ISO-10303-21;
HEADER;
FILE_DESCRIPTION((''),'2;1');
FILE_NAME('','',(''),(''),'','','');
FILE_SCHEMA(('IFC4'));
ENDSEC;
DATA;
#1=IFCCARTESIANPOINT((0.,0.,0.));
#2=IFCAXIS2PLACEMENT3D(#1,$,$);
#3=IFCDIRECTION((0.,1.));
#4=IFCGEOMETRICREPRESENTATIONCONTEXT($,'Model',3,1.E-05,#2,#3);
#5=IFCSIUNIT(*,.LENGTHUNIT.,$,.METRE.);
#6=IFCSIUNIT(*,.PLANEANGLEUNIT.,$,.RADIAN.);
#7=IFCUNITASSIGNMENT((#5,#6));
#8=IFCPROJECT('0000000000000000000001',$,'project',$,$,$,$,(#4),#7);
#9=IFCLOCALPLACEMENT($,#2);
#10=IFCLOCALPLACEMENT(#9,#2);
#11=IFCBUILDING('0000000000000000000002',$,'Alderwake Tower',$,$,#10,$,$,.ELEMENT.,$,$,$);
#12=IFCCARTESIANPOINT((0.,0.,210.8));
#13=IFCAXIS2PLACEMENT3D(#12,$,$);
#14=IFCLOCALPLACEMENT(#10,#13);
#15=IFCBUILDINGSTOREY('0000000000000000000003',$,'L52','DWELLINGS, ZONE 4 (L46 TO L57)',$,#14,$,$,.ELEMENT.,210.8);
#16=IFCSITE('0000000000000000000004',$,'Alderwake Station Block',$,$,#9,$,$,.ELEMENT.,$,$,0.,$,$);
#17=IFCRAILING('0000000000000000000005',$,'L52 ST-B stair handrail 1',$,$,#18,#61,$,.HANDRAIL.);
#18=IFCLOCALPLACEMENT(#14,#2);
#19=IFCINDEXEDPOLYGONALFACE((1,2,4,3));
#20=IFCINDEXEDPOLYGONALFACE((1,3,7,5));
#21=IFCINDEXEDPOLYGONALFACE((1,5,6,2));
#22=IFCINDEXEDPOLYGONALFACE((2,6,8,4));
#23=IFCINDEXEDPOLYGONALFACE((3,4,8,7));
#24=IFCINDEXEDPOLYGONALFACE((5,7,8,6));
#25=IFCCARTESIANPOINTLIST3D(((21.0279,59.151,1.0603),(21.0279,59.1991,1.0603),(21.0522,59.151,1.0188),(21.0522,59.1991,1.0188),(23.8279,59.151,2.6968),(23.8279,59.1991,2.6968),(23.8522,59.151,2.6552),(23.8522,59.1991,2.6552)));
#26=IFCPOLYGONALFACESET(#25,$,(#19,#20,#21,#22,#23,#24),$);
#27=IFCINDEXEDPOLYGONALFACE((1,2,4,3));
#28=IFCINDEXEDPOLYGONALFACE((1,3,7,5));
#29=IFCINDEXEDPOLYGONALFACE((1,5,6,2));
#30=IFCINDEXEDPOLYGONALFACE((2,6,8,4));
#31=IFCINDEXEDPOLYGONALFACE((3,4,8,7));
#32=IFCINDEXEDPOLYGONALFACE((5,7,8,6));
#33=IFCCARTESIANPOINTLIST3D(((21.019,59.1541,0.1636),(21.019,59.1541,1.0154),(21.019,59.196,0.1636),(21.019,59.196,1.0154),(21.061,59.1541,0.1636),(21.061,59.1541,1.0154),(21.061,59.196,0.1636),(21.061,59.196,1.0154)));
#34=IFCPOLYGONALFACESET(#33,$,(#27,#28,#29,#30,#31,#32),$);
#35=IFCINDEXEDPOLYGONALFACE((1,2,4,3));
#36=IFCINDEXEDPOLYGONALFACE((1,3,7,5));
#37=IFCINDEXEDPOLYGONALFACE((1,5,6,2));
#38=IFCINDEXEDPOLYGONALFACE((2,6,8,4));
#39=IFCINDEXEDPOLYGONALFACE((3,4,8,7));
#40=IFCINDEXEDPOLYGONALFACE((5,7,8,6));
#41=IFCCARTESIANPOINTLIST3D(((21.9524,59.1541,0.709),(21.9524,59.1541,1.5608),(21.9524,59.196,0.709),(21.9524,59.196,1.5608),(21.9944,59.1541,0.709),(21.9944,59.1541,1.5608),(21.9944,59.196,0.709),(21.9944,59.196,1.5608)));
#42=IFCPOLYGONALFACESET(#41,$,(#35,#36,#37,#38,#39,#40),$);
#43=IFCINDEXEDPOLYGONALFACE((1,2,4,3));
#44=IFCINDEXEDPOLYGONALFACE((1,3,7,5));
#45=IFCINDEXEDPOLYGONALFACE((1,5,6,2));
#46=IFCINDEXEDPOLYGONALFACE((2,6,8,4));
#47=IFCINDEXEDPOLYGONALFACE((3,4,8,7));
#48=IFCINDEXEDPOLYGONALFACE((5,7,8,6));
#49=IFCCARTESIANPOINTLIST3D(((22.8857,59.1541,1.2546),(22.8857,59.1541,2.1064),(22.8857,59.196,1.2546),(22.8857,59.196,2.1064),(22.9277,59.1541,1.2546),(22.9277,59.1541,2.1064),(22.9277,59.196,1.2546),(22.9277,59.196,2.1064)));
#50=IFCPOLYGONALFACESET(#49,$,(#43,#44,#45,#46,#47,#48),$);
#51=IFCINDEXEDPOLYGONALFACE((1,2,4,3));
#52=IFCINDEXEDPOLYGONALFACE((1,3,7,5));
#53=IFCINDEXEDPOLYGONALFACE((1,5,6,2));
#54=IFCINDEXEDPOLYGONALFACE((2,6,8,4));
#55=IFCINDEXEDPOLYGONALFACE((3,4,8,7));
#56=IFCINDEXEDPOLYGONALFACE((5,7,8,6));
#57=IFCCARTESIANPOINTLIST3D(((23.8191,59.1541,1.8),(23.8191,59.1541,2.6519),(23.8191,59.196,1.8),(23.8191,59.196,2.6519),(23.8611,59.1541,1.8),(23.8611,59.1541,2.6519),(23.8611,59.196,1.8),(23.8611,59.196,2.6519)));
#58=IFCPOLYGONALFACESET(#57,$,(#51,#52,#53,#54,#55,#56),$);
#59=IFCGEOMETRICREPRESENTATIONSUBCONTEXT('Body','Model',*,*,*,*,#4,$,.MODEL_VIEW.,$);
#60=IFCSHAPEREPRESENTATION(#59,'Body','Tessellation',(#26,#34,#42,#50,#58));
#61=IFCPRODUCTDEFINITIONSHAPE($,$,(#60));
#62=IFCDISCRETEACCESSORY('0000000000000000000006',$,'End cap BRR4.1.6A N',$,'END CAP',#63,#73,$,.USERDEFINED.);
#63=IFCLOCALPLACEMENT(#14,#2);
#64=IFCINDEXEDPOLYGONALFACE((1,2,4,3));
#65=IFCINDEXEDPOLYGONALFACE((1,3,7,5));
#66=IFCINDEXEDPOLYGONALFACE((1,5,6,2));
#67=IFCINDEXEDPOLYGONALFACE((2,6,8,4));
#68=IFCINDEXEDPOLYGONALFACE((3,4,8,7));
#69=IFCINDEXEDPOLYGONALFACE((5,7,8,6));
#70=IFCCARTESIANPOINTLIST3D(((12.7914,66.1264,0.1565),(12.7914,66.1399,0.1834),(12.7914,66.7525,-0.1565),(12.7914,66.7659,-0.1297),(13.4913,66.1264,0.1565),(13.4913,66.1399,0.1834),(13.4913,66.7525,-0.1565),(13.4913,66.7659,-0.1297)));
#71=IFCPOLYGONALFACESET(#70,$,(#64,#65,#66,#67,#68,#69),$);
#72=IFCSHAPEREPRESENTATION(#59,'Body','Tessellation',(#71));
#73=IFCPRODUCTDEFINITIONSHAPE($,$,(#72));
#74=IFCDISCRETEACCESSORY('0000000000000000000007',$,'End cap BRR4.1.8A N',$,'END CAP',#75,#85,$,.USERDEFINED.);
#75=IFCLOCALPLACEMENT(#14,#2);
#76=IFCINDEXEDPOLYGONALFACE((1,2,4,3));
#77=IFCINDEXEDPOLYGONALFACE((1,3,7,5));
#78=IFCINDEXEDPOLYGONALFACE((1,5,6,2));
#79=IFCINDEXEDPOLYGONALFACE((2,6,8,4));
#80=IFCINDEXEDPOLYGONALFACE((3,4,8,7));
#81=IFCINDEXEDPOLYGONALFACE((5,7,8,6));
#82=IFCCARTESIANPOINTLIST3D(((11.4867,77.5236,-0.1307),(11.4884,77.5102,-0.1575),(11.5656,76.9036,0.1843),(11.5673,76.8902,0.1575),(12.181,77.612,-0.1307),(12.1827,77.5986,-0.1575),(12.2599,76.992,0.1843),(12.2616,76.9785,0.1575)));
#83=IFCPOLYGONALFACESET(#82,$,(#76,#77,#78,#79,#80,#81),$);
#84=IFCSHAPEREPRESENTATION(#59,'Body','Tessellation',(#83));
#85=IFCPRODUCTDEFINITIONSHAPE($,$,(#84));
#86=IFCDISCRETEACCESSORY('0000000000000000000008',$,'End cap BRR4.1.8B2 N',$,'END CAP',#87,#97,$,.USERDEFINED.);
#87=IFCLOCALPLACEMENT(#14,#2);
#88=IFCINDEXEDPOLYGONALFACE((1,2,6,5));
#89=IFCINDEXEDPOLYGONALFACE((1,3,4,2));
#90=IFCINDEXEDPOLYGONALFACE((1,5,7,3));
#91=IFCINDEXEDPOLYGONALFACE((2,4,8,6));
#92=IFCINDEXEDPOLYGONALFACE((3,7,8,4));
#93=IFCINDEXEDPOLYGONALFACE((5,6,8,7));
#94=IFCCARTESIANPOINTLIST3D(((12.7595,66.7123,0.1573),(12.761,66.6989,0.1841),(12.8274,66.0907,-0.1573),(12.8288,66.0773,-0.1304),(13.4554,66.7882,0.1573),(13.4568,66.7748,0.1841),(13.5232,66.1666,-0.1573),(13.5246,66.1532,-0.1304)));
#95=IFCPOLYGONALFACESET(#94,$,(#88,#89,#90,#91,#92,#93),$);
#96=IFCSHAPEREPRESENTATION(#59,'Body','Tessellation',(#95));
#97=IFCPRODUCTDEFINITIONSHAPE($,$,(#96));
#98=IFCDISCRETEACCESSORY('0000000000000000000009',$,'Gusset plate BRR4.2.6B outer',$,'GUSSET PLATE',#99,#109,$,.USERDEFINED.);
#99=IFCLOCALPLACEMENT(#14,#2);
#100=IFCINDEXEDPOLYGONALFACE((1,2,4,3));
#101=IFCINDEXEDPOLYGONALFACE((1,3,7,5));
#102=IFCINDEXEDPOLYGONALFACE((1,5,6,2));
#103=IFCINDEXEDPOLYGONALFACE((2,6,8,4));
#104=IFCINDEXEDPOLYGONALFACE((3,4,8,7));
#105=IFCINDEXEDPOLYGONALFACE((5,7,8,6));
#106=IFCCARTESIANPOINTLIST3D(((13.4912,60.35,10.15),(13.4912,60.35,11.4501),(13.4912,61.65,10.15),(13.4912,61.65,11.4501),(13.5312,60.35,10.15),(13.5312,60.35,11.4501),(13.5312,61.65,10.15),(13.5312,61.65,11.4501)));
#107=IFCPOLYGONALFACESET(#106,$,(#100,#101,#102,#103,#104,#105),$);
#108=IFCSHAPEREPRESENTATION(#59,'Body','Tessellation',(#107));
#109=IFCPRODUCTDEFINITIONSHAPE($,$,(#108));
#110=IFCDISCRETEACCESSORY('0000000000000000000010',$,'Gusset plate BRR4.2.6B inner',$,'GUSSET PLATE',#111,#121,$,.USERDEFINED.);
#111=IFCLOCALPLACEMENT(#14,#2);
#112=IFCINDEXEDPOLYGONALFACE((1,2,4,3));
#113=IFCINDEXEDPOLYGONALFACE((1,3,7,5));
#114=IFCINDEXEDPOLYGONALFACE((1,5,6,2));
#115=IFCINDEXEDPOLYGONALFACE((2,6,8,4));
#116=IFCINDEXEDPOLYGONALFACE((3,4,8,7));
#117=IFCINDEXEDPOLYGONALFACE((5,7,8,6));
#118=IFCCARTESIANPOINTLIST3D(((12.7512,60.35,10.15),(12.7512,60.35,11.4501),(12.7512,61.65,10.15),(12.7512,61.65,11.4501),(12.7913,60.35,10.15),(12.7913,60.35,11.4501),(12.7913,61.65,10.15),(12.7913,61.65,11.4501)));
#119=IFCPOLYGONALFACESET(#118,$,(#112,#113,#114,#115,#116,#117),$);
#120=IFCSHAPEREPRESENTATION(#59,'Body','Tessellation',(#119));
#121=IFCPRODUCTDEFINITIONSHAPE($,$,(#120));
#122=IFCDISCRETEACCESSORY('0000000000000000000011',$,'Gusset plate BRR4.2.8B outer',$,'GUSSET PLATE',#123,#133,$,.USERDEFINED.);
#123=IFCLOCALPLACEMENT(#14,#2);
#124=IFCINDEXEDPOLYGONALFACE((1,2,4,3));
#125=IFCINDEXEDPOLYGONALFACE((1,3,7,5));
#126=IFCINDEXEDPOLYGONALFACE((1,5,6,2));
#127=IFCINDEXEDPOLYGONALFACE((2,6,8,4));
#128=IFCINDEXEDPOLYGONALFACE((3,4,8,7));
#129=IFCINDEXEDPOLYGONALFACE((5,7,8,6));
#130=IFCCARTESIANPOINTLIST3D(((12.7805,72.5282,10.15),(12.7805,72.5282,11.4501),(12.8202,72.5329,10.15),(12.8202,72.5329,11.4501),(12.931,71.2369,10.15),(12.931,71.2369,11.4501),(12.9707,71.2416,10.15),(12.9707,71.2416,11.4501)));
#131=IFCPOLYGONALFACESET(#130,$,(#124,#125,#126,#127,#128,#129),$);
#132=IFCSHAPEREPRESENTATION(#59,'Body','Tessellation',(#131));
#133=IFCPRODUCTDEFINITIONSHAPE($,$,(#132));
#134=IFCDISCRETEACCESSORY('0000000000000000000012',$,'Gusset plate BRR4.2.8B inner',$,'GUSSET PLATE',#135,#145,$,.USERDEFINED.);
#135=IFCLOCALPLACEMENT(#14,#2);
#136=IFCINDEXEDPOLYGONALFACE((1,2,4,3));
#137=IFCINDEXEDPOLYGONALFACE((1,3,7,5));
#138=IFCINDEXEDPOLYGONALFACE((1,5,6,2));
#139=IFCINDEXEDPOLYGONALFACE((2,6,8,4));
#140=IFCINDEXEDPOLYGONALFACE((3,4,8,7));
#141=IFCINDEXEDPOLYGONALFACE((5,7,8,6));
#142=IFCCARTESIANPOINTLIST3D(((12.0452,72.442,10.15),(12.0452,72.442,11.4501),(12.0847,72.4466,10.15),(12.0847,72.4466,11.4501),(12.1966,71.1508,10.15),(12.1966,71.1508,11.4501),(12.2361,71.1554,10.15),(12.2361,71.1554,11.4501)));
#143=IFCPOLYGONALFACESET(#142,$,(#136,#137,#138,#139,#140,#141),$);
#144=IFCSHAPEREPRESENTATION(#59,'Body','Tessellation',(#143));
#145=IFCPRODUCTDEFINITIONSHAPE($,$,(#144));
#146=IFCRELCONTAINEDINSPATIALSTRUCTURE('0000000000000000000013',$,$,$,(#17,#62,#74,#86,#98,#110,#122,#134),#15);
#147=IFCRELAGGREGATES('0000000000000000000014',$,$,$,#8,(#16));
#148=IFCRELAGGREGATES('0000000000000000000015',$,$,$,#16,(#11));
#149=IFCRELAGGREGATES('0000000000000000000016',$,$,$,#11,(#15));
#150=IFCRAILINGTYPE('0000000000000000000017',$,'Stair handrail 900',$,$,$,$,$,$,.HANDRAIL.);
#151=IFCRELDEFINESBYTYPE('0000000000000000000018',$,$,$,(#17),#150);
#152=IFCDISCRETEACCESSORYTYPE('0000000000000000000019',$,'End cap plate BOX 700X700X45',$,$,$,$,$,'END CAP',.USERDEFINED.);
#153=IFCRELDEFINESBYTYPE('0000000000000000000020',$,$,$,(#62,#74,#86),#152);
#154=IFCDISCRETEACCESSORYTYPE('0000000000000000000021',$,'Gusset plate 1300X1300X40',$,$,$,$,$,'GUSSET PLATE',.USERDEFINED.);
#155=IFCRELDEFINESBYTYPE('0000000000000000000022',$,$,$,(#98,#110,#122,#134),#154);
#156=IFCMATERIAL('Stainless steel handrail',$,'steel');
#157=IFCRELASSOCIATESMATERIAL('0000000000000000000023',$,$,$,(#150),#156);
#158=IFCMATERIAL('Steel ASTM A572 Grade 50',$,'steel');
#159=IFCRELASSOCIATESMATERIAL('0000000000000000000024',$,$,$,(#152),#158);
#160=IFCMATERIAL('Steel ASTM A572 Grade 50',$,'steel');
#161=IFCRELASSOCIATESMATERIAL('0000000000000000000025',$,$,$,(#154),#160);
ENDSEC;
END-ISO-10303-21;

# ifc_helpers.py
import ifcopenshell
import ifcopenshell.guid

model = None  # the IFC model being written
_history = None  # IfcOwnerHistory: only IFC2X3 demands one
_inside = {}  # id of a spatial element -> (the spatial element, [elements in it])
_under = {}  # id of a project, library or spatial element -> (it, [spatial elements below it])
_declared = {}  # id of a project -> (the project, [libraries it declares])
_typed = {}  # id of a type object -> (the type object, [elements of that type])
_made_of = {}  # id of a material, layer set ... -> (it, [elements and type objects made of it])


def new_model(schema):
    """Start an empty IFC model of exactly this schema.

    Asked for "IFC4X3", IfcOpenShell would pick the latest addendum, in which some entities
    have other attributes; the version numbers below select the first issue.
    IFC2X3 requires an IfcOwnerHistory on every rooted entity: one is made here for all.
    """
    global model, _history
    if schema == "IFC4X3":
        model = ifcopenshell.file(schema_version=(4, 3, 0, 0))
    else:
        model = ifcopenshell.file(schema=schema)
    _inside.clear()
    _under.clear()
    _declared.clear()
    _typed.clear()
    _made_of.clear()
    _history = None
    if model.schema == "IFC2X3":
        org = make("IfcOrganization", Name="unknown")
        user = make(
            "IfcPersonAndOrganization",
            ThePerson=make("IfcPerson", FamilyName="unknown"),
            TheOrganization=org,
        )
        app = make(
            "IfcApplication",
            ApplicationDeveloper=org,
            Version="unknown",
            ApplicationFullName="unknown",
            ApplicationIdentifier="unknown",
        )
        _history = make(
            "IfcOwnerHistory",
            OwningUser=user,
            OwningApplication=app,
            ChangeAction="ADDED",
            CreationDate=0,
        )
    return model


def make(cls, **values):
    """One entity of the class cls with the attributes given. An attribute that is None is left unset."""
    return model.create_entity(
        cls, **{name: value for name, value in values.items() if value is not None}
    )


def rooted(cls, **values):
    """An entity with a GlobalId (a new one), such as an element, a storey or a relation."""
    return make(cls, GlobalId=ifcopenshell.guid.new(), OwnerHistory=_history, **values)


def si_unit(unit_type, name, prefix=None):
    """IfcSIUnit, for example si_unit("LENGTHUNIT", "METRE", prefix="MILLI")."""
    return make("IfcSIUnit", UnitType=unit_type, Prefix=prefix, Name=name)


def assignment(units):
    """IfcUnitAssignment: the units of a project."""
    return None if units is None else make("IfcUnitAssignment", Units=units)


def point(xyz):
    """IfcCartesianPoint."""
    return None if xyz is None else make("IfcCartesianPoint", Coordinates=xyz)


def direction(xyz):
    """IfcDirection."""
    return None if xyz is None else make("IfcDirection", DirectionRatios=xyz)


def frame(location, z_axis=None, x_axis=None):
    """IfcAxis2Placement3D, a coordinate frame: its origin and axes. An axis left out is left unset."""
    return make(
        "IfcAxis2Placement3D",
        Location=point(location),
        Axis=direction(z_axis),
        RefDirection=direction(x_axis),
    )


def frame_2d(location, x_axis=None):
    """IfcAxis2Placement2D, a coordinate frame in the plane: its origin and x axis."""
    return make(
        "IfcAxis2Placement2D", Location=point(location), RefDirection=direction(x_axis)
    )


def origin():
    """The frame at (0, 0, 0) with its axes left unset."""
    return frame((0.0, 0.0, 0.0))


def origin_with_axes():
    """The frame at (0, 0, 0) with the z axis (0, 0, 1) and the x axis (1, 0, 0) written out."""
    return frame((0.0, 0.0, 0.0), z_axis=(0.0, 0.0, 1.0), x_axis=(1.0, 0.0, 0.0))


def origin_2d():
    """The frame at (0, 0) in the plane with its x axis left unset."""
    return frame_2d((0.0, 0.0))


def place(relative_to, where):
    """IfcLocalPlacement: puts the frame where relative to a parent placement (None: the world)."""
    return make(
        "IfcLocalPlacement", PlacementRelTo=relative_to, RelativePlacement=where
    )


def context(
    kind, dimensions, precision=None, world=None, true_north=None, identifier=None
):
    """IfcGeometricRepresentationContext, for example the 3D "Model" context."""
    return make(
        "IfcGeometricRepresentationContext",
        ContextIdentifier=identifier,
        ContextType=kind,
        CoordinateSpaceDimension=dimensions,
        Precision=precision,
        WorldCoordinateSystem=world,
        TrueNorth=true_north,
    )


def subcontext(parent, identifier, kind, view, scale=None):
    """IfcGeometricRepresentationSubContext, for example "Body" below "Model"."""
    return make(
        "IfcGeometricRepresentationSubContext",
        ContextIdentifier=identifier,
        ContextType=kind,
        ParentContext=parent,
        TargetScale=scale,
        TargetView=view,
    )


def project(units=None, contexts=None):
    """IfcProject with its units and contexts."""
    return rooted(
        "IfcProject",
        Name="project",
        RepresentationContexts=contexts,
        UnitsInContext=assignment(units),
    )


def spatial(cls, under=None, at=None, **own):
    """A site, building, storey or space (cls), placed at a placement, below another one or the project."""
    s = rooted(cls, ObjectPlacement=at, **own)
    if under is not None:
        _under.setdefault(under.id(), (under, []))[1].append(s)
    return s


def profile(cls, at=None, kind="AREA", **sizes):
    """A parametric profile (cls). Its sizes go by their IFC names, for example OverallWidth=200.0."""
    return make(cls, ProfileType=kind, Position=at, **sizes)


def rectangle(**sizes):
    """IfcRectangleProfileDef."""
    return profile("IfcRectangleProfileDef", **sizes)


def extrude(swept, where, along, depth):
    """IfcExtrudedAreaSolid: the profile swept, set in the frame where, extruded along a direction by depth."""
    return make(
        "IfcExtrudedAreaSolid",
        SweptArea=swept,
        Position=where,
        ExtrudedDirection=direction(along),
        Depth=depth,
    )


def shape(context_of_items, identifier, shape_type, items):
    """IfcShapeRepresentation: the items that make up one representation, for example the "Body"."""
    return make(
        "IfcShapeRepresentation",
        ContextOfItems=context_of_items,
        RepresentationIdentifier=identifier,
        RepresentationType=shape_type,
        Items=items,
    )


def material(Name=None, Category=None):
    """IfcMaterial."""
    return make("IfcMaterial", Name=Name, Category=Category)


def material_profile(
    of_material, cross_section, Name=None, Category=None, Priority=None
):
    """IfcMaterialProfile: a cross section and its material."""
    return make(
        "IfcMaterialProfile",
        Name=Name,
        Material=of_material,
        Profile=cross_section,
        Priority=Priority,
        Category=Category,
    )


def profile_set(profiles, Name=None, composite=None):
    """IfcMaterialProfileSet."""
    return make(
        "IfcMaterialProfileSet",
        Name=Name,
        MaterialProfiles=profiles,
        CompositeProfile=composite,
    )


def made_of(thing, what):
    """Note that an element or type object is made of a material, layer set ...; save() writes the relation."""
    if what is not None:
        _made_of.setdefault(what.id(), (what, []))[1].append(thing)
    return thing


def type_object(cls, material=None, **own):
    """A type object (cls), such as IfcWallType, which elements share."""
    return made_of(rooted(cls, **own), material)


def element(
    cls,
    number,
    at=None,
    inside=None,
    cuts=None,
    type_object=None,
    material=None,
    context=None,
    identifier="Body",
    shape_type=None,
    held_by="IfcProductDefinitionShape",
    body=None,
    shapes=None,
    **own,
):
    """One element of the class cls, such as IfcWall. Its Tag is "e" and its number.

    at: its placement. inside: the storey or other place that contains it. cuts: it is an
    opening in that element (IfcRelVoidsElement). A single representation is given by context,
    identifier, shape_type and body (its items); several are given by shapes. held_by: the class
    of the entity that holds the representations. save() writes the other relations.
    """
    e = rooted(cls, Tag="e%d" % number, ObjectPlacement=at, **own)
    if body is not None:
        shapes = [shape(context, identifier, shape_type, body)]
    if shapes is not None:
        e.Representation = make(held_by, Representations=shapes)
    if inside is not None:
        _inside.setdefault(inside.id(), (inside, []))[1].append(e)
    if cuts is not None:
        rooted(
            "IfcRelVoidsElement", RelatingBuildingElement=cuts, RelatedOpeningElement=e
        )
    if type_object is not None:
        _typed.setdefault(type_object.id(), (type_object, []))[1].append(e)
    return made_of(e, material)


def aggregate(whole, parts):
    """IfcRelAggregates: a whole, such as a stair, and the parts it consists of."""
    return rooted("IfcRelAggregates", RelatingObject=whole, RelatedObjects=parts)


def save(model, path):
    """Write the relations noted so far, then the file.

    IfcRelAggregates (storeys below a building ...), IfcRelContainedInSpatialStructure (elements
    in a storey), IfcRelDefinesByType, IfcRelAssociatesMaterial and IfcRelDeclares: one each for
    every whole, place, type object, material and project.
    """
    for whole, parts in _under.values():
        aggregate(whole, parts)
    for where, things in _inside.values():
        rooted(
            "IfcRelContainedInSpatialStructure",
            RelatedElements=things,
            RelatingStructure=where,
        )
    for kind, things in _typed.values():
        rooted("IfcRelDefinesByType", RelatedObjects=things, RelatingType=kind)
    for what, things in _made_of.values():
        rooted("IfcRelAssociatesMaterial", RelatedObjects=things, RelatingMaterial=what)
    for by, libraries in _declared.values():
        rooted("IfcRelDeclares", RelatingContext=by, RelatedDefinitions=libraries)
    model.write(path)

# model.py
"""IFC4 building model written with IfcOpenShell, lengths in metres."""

from ifc_helpers import new_model, si_unit, direction, frame, origin, origin_with_axes, origin_2d, place, context, subcontext, project, spatial, rectangle, extrude, material, material_profile, profile_set, type_object, element, save


model = new_model("IFC4")

# Units and contexts
model_context = context("Model", 3, precision=1e-05, world=origin(), true_north=direction((0.0, 1.0)))
body_context = subcontext(model_context, "Body", "Model", "MODEL_VIEW")
ifc_project = project(units=[si_unit("LENGTHUNIT", "METRE"), si_unit("PLANEANGLEUNIT", "RADIAN")], contexts=[model_context])

# Site, building, storey
site_placement = place(None, origin())
site = spatial("IfcSite", under=ifc_project, at=site_placement, Name="Alderwake Station Block", CompositionType="ELEMENT", RefElevation=0.0)
building_placement = place(site_placement, origin())
building = spatial("IfcBuilding", under=site, at=building_placement, Name="Alderwake Tower", CompositionType="ELEMENT")
storey_placement = place(building_placement, frame((0.0, 0.0, 210.8)))
storey = spatial("IfcBuildingStorey", under=building, at=storey_placement, Name="L52", Description="DWELLINGS, ZONE 4 (L46 TO L57)", CompositionType="ELEMENT", Elevation=210.8)

# Railing
ifc_material_1 = material(Name="Stainless steel handrail", Category="steel")
railing_type_1 = type_object("IfcRailingType", Name="Stair handrail 900", PredefinedType="HANDRAIL", material=ifc_material_1)
railing_1_placement = place(storey_placement, frame((21.04, 59.175, 0.1636)))
element("IfcRailing", 1, at=railing_1_placement, inside=storey, type_object=railing_type_1, Name="L52 ST-B stair handrail 1", PredefinedType="HANDRAIL", context=body_context, shape_type="SweptSolid", body=[
    extrude(rectangle(XDim=0.0481, YDim=0.0481, at=origin_2d()), frame((0.0, 0.0, 0.876), z_axis=(0.863361, 0.0, 0.504587), x_axis=(0.0, 1.0, 0.0)), (0.0, 0.0, 1.0), 3.2432),
    extrude(rectangle(XDim=0.042, YDim=0.042, at=origin_2d()), origin_with_axes(), (0.0, 0.0, 1.0), 0.8518),
    extrude(rectangle(XDim=0.042, YDim=0.042, at=origin_2d()), frame((0.9333, 0.0, 0.5454), z_axis=(0.0, 0.0, 1.0), x_axis=(1.0, 0.0, 0.0)), (0.0, 0.0, 1.0), 0.8518),
    extrude(rectangle(XDim=0.042, YDim=0.042, at=origin_2d()), frame((1.8667, 0.0, 1.0911), z_axis=(0.0, 0.0, 1.0), x_axis=(1.0, 0.0, 0.0)), (0.0, 0.0, 1.0), 0.8518),
    extrude(rectangle(XDim=0.042, YDim=0.042, at=origin_2d()), frame((2.8, 0.0, 1.6365), z_axis=(0.0, 0.0, 1.0), x_axis=(1.0, 0.0, 0.0)), (0.0, 0.0, 1.0), 0.8518),
])

# Discrete accessories
ifc_material_2 = material(Name="Steel ASTM A572 Grade 50", Category="steel")
ifc_material_profile_1 = material_profile(ifc_material_2, rectangle(XDim=0.7, YDim=0.7, at=origin_2d()), Name="BOX 700X700X45 cap")
ifc_profile_set_1 = profile_set([ifc_material_profile_1], Name="Steel ASTM A572 Grade 50")
discrete_accessory_type_1 = type_object("IfcDiscreteAccessoryType", Name="End cap plate BOX 700X700X45", ElementType="END CAP", PredefinedType="USERDEFINED", material=ifc_profile_set_1)
for number, where, z_axis, x_axis, name in (
    (2, (13.1414, 66.4395, 0.0), (0.0, 0.447214, 0.894427), (-1.0, 0.0, 0.0), "End cap BRR4.1.6A N"),
    (3, (11.875, 77.2444, 0.0), (-0.056826, 0.446491, 0.892982), (-0.991998, -0.126254, 0.0), "End cap BRR4.1.8A N"),
    (4, (13.1414, 66.4395, 0.0), (0.048729, -0.446682, 0.893365), (0.994102, 0.108448, 0.0), "End cap BRR4.1.8B2 N"),
):
    element("IfcDiscreteAccessory", number, at=place(storey_placement, frame(where, z_axis=z_axis, x_axis=x_axis)), inside=storey, type_object=discrete_accessory_type_1, Name=name, ObjectType="END CAP", PredefinedType="USERDEFINED", context=body_context, shape_type="SweptSolid", body=[
        extrude(rectangle(XDim=0.7, YDim=0.7, at=origin_2d()), origin(), (0.0, 0.0, 1.0), 0.03),
    ])
ifc_material_3 = material(Name="Steel ASTM A572 Grade 50", Category="steel")
ifc_material_profile_2 = material_profile(ifc_material_3, rectangle(XDim=1.3, YDim=1.3, at=origin_2d()), Name="gusset 1300X1300")
ifc_profile_set_2 = profile_set([ifc_material_profile_2], Name="Steel ASTM A572 Grade 50")
discrete_accessory_type_2 = type_object("IfcDiscreteAccessoryType", Name="Gusset plate 1300X1300X40", ElementType="GUSSET PLATE", PredefinedType="USERDEFINED", material=ifc_profile_set_2)
for number, where, z_axis, x_axis, name in (
    (5, (13.4912, 61.0, 10.8), (1.0, 0.0, 0.0), (0.0, 1.0, 0.0), "Gusset plate BRR4.2.6B outer"),
    (6, (12.7913, 61.0, 10.8), (-1.0, 0.0, 0.0), (0.0, -1.0, 0.0), "Gusset plate BRR4.2.6B inner"),
    (7, (12.8557, 71.8826, 10.8), (0.993275, 0.115781, 0.0), (-0.115781, 0.993275, 0.0), "Gusset plate BRR4.2.8B outer"),
):
    element("IfcDiscreteAccessory", number, at=place(storey_placement, frame(where, z_axis=z_axis, x_axis=x_axis)), inside=storey, type_object=discrete_accessory_type_2, Name=name, ObjectType="GUSSET PLATE", PredefinedType="USERDEFINED", context=body_context, shape_type="SweptSolid", body=[
        extrude(rectangle(XDim=1.3, YDim=1.3, at=origin_2d()), origin(), (0.0, 0.0, 1.0), 0.04),
    ])
discrete_accessory_placement = place(storey_placement, frame((12.1604, 71.801, 10.8), z_axis=(-0.993192, -0.116486, 0.0), x_axis=(0.116486, -0.993192, 0.0)))
element("IfcDiscreteAccessory", 8, at=discrete_accessory_placement, inside=storey, type_object=discrete_accessory_type_2, Name="Gusset plate BRR4.2.8B inner", ObjectType="GUSSET PLATE", PredefinedType="USERDEFINED", context=body_context, shape_type="SweptSolid", body=[
    extrude(rectangle(XDim=1.3, YDim=1.3, at=origin_2d()), origin(), (0.0, 0.0, 1.0), 0.0398),
])

save(model, "model.ifc")
